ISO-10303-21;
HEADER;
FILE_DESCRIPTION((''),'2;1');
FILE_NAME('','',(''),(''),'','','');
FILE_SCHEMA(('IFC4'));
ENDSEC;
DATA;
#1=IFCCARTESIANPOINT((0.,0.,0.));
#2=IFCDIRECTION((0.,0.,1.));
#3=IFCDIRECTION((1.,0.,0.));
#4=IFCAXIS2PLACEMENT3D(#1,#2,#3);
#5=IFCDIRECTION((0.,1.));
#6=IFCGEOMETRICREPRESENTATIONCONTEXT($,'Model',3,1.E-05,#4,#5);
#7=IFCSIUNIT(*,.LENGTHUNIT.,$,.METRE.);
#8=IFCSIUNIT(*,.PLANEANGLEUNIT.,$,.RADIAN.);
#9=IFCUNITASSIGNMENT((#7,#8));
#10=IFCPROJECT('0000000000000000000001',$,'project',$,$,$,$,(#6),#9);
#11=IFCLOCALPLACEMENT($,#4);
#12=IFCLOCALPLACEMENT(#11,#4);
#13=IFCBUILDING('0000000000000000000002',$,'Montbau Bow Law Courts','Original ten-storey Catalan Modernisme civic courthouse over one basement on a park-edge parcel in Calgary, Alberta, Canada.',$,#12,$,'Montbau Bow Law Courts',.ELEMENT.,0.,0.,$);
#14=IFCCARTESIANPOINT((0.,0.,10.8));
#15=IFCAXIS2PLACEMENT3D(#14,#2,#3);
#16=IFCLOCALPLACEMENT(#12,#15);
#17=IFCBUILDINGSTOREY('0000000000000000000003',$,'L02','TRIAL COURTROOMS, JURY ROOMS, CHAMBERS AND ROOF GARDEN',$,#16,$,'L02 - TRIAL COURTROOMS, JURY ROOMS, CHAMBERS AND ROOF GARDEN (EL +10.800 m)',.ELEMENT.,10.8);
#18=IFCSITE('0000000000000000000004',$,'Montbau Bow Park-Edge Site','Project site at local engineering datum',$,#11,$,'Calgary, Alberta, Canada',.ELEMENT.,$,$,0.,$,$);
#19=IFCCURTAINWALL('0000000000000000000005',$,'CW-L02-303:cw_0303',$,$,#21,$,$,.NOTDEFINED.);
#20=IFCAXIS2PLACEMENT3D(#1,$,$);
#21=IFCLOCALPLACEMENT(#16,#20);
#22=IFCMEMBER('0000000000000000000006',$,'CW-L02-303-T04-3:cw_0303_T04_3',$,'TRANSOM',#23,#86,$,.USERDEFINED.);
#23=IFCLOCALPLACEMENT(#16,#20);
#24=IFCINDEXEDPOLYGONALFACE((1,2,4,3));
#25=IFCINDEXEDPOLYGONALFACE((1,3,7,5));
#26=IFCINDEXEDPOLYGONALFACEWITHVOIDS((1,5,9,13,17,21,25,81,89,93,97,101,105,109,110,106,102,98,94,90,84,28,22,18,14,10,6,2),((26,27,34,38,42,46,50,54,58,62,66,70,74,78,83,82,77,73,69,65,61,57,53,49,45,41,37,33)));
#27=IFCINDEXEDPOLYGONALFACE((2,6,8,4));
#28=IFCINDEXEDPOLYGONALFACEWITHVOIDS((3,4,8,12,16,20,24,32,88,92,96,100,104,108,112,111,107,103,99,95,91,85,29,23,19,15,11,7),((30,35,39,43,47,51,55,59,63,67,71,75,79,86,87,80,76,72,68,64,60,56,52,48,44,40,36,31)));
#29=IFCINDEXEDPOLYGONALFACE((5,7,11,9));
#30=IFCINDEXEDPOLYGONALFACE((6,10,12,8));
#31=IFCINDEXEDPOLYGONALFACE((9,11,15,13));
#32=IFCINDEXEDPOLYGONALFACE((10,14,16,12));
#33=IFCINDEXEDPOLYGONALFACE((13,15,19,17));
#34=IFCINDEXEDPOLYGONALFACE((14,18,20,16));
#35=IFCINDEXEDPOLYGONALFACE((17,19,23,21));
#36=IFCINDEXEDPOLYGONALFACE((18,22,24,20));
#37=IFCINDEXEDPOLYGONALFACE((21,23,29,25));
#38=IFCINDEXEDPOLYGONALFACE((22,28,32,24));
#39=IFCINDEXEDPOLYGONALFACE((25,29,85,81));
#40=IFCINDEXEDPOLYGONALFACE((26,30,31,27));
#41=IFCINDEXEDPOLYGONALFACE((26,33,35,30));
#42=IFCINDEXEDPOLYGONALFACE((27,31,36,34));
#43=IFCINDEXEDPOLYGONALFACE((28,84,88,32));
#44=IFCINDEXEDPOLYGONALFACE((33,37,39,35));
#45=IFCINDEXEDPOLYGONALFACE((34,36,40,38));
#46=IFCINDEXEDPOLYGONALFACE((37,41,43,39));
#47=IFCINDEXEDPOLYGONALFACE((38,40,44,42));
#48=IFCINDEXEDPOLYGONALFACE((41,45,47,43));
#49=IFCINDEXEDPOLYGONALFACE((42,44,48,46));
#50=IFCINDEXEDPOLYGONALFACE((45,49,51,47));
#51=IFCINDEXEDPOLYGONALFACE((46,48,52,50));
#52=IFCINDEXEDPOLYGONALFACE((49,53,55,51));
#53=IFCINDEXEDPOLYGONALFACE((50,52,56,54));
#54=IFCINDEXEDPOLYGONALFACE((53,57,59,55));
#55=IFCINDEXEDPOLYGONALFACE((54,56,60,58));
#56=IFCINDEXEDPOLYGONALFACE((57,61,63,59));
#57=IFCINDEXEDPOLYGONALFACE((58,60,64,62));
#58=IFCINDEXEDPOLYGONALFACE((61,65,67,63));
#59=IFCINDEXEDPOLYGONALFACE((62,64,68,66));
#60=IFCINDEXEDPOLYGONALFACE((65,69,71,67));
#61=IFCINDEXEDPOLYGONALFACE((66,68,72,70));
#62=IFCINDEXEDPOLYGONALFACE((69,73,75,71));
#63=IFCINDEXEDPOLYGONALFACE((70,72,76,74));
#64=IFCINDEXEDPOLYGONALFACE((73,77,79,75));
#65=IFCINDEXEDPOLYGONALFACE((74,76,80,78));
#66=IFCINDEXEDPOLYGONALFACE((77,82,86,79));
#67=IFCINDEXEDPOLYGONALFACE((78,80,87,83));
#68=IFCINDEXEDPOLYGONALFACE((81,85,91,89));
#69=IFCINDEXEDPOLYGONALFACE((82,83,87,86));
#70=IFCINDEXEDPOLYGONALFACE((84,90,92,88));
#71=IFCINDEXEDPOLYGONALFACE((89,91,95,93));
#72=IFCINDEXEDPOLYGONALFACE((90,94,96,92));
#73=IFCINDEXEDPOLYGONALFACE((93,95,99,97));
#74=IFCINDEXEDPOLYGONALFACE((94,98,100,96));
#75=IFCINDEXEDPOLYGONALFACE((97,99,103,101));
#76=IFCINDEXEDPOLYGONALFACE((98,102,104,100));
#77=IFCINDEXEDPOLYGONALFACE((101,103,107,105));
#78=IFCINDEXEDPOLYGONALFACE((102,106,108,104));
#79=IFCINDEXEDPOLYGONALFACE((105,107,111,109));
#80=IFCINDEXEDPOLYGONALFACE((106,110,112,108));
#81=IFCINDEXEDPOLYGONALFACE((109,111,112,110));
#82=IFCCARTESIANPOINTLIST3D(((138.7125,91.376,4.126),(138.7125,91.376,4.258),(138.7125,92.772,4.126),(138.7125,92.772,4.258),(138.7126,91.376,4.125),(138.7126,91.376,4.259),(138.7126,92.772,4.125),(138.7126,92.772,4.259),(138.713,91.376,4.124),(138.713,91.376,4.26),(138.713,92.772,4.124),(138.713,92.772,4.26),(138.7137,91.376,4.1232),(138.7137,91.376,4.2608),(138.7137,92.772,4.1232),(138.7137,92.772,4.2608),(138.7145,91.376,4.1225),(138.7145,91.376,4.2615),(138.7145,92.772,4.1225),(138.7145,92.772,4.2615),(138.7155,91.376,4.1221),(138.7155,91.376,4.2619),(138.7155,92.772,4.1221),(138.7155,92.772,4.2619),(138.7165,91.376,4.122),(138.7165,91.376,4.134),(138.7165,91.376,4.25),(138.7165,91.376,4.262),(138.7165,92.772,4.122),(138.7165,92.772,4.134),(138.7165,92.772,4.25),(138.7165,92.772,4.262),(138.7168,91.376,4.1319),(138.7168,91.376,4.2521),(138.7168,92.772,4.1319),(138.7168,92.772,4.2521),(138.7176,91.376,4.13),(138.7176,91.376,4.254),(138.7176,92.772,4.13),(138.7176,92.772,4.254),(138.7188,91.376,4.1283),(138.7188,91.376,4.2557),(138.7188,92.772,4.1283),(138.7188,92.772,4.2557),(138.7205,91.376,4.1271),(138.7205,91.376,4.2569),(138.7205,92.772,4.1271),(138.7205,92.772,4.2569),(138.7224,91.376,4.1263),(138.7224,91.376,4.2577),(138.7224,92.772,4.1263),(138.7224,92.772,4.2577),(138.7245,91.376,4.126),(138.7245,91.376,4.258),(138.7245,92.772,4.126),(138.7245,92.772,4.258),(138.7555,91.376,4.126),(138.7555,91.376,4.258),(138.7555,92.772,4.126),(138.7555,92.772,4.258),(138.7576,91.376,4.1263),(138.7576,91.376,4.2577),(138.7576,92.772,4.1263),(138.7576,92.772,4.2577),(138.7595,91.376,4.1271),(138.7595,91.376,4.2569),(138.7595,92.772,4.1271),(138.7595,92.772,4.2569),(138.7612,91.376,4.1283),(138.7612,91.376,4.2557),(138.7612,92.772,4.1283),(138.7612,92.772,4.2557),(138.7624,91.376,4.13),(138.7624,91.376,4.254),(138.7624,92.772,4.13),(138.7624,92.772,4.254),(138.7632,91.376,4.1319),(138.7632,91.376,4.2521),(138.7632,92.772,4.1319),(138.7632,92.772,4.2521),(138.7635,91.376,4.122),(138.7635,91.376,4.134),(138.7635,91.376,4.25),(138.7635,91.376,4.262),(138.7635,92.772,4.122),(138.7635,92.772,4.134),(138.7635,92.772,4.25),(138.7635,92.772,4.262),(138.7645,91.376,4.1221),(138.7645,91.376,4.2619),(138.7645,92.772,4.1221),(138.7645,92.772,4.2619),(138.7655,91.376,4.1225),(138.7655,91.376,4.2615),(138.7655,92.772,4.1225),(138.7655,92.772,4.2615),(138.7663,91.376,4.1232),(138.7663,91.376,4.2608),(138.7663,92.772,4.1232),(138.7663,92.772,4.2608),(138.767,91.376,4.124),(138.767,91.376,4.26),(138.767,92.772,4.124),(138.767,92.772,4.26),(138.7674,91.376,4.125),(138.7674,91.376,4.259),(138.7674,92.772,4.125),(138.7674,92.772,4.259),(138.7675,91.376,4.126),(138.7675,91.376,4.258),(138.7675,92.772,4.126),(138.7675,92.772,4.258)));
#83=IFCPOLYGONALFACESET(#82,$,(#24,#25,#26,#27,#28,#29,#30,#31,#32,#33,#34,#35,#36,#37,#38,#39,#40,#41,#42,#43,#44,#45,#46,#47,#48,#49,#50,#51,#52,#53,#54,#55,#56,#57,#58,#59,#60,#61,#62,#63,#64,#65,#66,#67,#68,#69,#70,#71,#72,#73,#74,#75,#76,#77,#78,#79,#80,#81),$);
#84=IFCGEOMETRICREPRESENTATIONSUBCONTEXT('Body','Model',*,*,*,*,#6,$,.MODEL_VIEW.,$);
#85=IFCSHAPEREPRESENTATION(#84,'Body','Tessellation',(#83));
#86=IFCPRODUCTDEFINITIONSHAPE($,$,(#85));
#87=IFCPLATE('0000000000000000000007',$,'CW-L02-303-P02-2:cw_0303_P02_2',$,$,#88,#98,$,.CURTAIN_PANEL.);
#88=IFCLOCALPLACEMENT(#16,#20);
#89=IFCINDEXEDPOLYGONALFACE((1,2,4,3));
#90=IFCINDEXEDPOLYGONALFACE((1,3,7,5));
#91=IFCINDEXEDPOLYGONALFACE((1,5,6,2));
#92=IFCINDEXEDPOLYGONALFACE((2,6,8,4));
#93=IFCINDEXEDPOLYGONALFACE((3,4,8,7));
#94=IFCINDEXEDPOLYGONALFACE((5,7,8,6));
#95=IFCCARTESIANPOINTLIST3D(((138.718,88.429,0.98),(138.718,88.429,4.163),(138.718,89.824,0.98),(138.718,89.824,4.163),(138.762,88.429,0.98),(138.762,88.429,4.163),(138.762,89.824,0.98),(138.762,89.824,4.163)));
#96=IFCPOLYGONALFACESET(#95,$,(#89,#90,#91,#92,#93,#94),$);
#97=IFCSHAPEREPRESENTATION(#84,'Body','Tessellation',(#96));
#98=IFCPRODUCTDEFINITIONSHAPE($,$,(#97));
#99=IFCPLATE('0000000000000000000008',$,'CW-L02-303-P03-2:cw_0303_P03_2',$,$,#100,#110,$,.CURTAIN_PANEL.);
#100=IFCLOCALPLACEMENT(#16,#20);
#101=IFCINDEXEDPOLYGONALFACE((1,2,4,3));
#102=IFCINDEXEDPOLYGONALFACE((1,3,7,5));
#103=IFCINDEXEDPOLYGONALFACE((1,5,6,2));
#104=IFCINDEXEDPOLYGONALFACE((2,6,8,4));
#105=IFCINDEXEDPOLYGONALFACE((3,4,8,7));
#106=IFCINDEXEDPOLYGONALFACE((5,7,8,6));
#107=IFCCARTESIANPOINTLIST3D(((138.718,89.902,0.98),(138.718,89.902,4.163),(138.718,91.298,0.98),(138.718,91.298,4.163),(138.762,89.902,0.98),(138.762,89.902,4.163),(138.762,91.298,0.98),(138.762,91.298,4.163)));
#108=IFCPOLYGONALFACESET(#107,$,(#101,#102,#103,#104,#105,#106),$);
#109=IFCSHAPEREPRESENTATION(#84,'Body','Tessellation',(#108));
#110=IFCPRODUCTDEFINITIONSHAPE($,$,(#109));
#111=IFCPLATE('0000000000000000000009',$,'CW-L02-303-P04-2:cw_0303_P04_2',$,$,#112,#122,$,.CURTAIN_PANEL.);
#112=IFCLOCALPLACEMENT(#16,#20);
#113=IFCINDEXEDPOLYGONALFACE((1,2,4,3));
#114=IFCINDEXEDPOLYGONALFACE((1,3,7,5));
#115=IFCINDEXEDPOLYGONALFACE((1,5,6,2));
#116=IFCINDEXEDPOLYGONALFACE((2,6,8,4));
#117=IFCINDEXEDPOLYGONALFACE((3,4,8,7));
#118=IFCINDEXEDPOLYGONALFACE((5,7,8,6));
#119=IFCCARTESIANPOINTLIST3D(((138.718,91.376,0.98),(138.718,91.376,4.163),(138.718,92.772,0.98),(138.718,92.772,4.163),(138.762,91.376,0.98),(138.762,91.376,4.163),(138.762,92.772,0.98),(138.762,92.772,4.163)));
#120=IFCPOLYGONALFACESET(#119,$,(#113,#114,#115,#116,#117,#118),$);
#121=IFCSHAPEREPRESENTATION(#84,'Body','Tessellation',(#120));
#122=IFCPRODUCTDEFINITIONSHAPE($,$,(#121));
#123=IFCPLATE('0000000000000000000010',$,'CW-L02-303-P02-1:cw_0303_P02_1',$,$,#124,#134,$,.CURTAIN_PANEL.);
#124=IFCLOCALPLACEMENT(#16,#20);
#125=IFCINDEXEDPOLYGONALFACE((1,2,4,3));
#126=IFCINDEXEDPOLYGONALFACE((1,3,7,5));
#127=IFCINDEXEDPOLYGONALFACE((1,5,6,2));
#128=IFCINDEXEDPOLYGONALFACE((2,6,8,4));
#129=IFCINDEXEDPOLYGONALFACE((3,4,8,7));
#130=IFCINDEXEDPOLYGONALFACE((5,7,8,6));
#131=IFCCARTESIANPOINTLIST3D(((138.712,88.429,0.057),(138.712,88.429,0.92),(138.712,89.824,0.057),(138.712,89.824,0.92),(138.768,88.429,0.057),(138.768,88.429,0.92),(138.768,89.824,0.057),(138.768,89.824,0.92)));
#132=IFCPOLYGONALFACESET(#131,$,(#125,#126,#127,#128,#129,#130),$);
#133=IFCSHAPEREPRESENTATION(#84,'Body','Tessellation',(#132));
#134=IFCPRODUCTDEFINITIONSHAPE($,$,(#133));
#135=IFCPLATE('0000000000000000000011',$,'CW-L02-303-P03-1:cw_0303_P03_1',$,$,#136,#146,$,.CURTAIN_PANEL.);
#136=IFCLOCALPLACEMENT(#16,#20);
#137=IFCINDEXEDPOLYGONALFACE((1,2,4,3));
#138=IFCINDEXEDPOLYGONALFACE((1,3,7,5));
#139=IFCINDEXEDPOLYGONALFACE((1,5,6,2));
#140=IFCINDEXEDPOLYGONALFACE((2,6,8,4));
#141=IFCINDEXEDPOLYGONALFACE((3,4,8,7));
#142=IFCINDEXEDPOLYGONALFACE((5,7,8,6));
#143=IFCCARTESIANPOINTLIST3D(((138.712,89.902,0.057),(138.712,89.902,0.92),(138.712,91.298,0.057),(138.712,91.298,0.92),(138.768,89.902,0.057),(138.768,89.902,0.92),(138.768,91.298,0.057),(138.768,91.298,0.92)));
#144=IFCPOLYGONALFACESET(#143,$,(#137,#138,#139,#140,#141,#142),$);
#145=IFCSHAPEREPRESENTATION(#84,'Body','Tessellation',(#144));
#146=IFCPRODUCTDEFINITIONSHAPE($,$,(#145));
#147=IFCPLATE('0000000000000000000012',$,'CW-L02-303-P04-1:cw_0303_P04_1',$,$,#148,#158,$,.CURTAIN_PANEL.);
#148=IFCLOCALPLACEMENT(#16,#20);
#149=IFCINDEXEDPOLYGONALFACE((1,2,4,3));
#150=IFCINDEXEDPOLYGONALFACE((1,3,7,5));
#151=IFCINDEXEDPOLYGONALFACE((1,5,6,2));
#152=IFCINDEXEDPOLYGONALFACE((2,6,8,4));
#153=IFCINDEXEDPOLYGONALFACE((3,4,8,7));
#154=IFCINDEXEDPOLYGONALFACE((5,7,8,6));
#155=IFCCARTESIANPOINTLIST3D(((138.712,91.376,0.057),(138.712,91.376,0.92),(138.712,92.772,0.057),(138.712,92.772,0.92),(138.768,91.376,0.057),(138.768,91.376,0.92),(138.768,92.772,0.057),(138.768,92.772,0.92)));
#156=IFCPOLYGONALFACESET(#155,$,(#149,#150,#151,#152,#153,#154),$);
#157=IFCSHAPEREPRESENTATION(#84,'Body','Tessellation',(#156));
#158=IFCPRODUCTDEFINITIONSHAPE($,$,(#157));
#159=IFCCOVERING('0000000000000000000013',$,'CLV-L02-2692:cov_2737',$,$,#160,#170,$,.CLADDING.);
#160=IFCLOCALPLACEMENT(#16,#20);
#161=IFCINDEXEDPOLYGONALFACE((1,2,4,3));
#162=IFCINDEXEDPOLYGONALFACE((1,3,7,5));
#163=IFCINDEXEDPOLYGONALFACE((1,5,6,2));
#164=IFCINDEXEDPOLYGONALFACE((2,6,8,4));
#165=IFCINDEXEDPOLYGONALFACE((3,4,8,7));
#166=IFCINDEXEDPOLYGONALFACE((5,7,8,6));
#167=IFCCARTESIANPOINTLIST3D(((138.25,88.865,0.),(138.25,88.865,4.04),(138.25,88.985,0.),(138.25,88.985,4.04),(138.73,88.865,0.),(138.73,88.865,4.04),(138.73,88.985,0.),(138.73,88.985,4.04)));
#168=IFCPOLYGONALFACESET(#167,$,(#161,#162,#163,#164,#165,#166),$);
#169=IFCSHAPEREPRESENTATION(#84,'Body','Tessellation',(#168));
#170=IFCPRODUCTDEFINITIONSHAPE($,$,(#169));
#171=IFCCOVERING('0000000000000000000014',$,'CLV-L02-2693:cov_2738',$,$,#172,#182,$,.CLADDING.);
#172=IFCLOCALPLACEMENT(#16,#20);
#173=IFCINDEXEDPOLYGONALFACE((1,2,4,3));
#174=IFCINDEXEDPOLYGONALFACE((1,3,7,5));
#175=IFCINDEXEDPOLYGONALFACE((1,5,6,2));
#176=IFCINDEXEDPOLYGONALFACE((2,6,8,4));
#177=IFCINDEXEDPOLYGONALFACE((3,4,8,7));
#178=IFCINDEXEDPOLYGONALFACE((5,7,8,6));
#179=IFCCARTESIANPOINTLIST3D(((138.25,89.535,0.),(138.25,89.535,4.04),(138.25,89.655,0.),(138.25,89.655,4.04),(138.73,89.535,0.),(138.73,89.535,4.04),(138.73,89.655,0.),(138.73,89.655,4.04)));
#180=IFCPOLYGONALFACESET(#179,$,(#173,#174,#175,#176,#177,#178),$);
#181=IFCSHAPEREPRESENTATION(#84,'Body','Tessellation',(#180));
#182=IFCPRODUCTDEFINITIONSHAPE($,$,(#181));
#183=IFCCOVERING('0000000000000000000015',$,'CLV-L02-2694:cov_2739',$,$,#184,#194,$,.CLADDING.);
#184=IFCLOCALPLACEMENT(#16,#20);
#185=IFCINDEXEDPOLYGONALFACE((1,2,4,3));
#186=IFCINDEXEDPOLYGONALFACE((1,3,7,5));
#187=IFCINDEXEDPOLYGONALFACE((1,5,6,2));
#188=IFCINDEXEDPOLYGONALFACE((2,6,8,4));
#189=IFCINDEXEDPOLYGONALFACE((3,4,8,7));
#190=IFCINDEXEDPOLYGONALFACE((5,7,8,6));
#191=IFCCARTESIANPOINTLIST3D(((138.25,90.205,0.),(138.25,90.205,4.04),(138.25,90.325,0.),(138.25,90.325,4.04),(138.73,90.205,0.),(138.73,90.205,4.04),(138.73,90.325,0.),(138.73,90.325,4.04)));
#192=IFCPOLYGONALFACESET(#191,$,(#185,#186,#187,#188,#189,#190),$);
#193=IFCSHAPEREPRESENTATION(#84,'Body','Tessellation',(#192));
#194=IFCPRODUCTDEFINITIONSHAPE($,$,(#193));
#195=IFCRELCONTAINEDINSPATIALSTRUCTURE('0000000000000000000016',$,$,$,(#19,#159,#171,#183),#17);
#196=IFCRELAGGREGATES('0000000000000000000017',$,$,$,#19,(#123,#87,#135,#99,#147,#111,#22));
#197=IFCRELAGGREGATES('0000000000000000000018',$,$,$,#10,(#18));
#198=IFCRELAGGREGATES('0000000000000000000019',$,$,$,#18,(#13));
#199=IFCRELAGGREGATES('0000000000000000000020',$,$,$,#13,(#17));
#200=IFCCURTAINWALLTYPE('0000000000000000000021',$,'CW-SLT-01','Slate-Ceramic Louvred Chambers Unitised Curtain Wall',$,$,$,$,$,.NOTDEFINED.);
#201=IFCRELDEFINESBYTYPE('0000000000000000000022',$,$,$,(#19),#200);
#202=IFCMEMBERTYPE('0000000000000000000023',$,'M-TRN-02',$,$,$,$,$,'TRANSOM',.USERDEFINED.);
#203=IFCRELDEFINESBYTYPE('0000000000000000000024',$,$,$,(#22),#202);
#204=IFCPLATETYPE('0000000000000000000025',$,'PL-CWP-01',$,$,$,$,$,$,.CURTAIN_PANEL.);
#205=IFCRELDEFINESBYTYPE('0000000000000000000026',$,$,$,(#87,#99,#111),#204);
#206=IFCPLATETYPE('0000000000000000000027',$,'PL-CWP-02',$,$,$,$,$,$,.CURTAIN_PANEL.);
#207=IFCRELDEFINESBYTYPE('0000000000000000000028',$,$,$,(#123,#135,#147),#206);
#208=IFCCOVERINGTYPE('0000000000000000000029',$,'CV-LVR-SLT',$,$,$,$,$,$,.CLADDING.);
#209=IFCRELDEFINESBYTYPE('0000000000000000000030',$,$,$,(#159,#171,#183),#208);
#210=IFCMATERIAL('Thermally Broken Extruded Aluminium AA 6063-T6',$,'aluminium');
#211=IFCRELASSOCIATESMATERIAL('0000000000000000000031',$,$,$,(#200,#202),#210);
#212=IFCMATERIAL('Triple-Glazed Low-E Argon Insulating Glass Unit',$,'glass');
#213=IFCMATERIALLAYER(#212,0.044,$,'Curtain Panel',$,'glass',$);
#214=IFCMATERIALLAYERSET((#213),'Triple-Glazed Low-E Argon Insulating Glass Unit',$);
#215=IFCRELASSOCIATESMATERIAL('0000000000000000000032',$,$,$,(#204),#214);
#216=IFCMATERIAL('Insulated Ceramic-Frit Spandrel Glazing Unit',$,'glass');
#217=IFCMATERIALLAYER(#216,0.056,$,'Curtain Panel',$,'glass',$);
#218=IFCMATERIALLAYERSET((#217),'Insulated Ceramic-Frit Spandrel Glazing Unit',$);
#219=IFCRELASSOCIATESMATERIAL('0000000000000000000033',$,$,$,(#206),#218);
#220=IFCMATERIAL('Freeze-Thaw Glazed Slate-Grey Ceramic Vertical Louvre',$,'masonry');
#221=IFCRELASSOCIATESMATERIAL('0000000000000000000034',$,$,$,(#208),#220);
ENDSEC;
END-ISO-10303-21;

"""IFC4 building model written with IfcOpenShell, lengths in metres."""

from ifc_helpers import new_model, si_unit, direction, frame, frame_2d, origin_with_axes, origin_2d_with_axis, place, context, subcontext, project, spatial, rectangle, hollow_rectangle, extrude, material, layer, layer_set, material_profile, profile_set, type_object, element, aggregate, save


model = new_model("IFC4")

# Units and contexts
model_context = context("Model", 3, precision=1e-05, world=origin_with_axes(), true_north=direction((0.0, 1.0)))
body_context = subcontext(model_context, "Body", "Model", "MODEL_VIEW")
ifc_project = project(units=[si_unit("LENGTHUNIT", "METRE"), si_unit("PLANEANGLEUNIT", "RADIAN")], contexts=[model_context])

# Site, building, storey
site_placement = place(None, origin_with_axes())
site = spatial("IfcSite", under=ifc_project, at=site_placement, Name="Montbau Bow Park-Edge Site", Description="Project site at local engineering datum", LongName="Calgary, Alberta, Canada", CompositionType="ELEMENT", RefElevation=0.0)
building_placement = place(site_placement, origin_with_axes())
building = spatial("IfcBuilding", under=site, at=building_placement, Name="Montbau Bow Law Courts", Description="Original ten-storey Catalan Modernisme civic courthouse over one basement on a park-edge parcel in Calgary, Alberta, Canada.", LongName="Montbau Bow Law Courts", CompositionType="ELEMENT", ElevationOfRefHeight=0.0, ElevationOfTerrain=0.0)
storey_placement = place(building_placement, frame((0.0, 0.0, 10.8), z_axis=(0.0, 0.0, 1.0), x_axis=(1.0, 0.0, 0.0)))
storey = spatial("IfcBuildingStorey", under=building, at=storey_placement, Name="L02", Description="TRIAL COURTROOMS, JURY ROOMS, CHAMBERS AND ROOF GARDEN", LongName="L02 - TRIAL COURTROOMS, JURY ROOMS, CHAMBERS AND ROOF GARDEN (EL +10.800 m)", CompositionType="ELEMENT", Elevation=10.8)

# Curtain wall, member, plates
ifc_material_1 = material(Name="Thermally Broken Extruded Aluminium AA 6063-T6", Category="aluminium")
curtain_wall_type = type_object("IfcCurtainWallType", Name="CW-SLT-01", Description="Slate-Ceramic Louvred Chambers Unitised Curtain Wall", PredefinedType="NOTDEFINED", material=ifc_material_1)
curtain_wall_placement = place(None, frame((138.74, 86.915, 10.8), z_axis=(0.0, 0.0, 1.0), x_axis=(1.0, 0.0, 0.0)))
curtain_wall = element("IfcCurtainWall", 1, at=curtain_wall_placement, inside=storey, type_object=curtain_wall_type, Name="CW-L02-303:cw_0303", PredefinedType="NOTDEFINED")
ifc_material_profile_1 = material_profile(ifc_material_1, hollow_rectangle(XDim=0.055, YDim=0.14, WallThickness=0.004, InnerFilletRadius=0.008, OuterFilletRadius=0.004, at=origin_2d_with_axis()), Name="CWT-140X55", Category="Main", Priority=0)
ifc_profile_set_1 = profile_set([ifc_material_profile_1], Name="Thermally Broken Extruded Aluminium AA 6063-T6")
member_type_1 = type_object("IfcMemberType", Name="M-TRN-02", ElementType="TRANSOM", PredefinedType="USERDEFINED", material=ifc_profile_set_1)
member_1_placement = place(None, frame((138.74, 91.376, 14.992), z_axis=(0.0, 1.0, 0.0), x_axis=(-1.0, 0.0, 0.0)))
member_1 = element("IfcMember", 2, at=member_1_placement, type_object=member_type_1, Name="CW-L02-303-T04-3:cw_0303_T04_3", ObjectType="TRANSOM", PredefinedType="USERDEFINED", context=body_context, shape_type="SweptSolid", body=[
    extrude(hollow_rectangle(XDim=0.055, YDim=0.14, WallThickness=0.004, InnerFilletRadius=0.008, OuterFilletRadius=0.004, at=origin_2d_with_axis()), origin_with_axes(), (0.0, 0.0, 1.0), 1.396),
])
ifc_material_2 = material(Name="Triple-Glazed Low-E Argon Insulating Glass Unit", Category="glass")
ifc_layer_1 = layer(ifc_material_2, 0.044, Name="Curtain Panel", Category="glass")
ifc_layer_set_1 = layer_set([ifc_layer_1], Name="Triple-Glazed Low-E Argon Insulating Glass Unit")
plate_type_1 = type_object("IfcPlateType", Name="PL-CWP-01", PredefinedType="CURTAIN_PANEL", material=ifc_layer_set_1)
plate_1_placement = place(None, frame((138.74, 88.429, 11.78), z_axis=(1.0, 0.0, 0.0), x_axis=(0.0, 1.0, 0.0)))
plate_1 = element("IfcPlate", 3, at=plate_1_placement, type_object=plate_type_1, Name="CW-L02-303-P02-2:cw_0303_P02_2", PredefinedType="CURTAIN_PANEL", context=body_context, shape_type="SweptSolid", body=[
    extrude(rectangle(XDim=1.395, YDim=3.183, at=frame_2d((0.6975, 1.5915), x_axis=(1.0, 0.0))), frame((0.0, 0.0, -0.022), z_axis=(0.0, 0.0, 1.0), x_axis=(1.0, 0.0, 0.0)), (0.0, 0.0, 1.0), 0.044),
])
plate_2_placement = place(None, frame((138.74, 89.902, 11.78), z_axis=(1.0, 0.0, 0.0), x_axis=(0.0, 1.0, 0.0)))
plate_2 = element("IfcPlate", 4, at=plate_2_placement, type_object=plate_type_1, Name="CW-L02-303-P03-2:cw_0303_P03_2", PredefinedType="CURTAIN_PANEL", context=body_context, shape_type="SweptSolid", body=[
    extrude(rectangle(XDim=1.396, YDim=3.183, at=frame_2d((0.698, 1.5915), x_axis=(1.0, 0.0))), frame((0.0, 0.0, -0.022), z_axis=(0.0, 0.0, 1.0), x_axis=(1.0, 0.0, 0.0)), (0.0, 0.0, 1.0), 0.044),
])
plate_3_placement = place(None, frame((138.74, 91.376, 11.78), z_axis=(1.0, 0.0, 0.0), x_axis=(0.0, 1.0, 0.0)))
plate_3 = element("IfcPlate", 5, at=plate_3_placement, type_object=plate_type_1, Name="CW-L02-303-P04-2:cw_0303_P04_2", PredefinedType="CURTAIN_PANEL", context=body_context, shape_type="SweptSolid", body=[
    extrude(rectangle(XDim=1.396, YDim=3.183, at=frame_2d((0.698, 1.5915), x_axis=(1.0, 0.0))), frame((0.0, 0.0, -0.022), z_axis=(0.0, 0.0, 1.0), x_axis=(1.0, 0.0, 0.0)), (0.0, 0.0, 1.0), 0.044),
])
ifc_material_3 = material(Name="Insulated Ceramic-Frit Spandrel Glazing Unit", Category="glass")
ifc_layer_2 = layer(ifc_material_3, 0.056, Name="Curtain Panel", Category="glass")
ifc_layer_set_2 = layer_set([ifc_layer_2], Name="Insulated Ceramic-Frit Spandrel Glazing Unit")
plate_type_2 = type_object("IfcPlateType", Name="PL-CWP-02", PredefinedType="CURTAIN_PANEL", material=ifc_layer_set_2)
plate_4_placement = place(None, frame((138.74, 88.429, 10.857), z_axis=(1.0, 0.0, 0.0), x_axis=(0.0, 1.0, 0.0)))
plate_4 = element("IfcPlate", 6, at=plate_4_placement, type_object=plate_type_2, Name="CW-L02-303-P02-1:cw_0303_P02_1", PredefinedType="CURTAIN_PANEL", context=body_context, shape_type="SweptSolid", body=[
    extrude(rectangle(XDim=1.395, YDim=0.863, at=frame_2d((0.6975, 0.4315), x_axis=(1.0, 0.0))), frame((0.0, 0.0, -0.028), z_axis=(0.0, 0.0, 1.0), x_axis=(1.0, 0.0, 0.0)), (0.0, 0.0, 1.0), 0.056),
])
plate_5_placement = place(None, frame((138.74, 89.902, 10.857), z_axis=(1.0, 0.0, 0.0), x_axis=(0.0, 1.0, 0.0)))
plate_5 = element("IfcPlate", 7, at=plate_5_placement, type_object=plate_type_2, Name="CW-L02-303-P03-1:cw_0303_P03_1", PredefinedType="CURTAIN_PANEL", context=body_context, shape_type="SweptSolid", body=[
    extrude(rectangle(XDim=1.396, YDim=0.863, at=frame_2d((0.698, 0.4315), x_axis=(1.0, 0.0))), frame((0.0, 0.0, -0.028), z_axis=(0.0, 0.0, 1.0), x_axis=(1.0, 0.0, 0.0)), (0.0, 0.0, 1.0), 0.056),
])
plate_6_placement = place(None, frame((138.74, 91.376, 10.857), z_axis=(1.0, 0.0, 0.0), x_axis=(0.0, 1.0, 0.0)))
plate_6 = element("IfcPlate", 8, at=plate_6_placement, type_object=plate_type_2, Name="CW-L02-303-P04-1:cw_0303_P04_1", PredefinedType="CURTAIN_PANEL", context=body_context, shape_type="SweptSolid", body=[
    extrude(rectangle(XDim=1.396, YDim=0.863, at=frame_2d((0.698, 0.4315), x_axis=(1.0, 0.0))), frame((0.0, 0.0, -0.028), z_axis=(0.0, 0.0, 1.0), x_axis=(1.0, 0.0, 0.0)), (0.0, 0.0, 1.0), 0.056),
])
aggregate(curtain_wall, [plate_4, plate_1, plate_5, plate_2, plate_6, plate_3, member_1])

# Coverings
ifc_material_4 = material(Name="Freeze-Thaw Glazed Slate-Grey Ceramic Vertical Louvre", Category="masonry")
covering_type = type_object("IfcCoveringType", Name="CV-LVR-SLT", PredefinedType="CLADDING", material=ifc_material_4)
for number, where, z_axis, x_axis, name in (
    (9, (138.73, 88.925, 10.8), (0.0, 1.0, 0.0), (-1.0, 0.0, 0.0), "CLV-L02-2692:cov_2737"),
    (10, (138.73, 89.595, 10.8), (0.0, 1.0, 0.0), (-1.0, 0.0, 0.0), "CLV-L02-2693:cov_2738"),
    (11, (138.73, 90.265, 10.8), (0.0, 1.0, 0.0), (-1.0, 0.0, 0.0), "CLV-L02-2694:cov_2739"),
):
    element("IfcCovering", number, at=place(None, frame(where, z_axis=z_axis, x_axis=x_axis)), inside=storey, type_object=covering_type, Name=name, PredefinedType="CLADDING", context=body_context, shape_type="SweptSolid", body=[
        extrude(rectangle(XDim=0.48, YDim=4.04, at=frame_2d((0.24, 2.02), x_axis=(1.0, 0.0))), frame((0.0, 0.0, -0.06), z_axis=(0.0, 0.0, 1.0), x_axis=(1.0, 0.0, 0.0)), (0.0, 0.0, 1.0), 0.12),
    ])

save(model, "model.ifc")
